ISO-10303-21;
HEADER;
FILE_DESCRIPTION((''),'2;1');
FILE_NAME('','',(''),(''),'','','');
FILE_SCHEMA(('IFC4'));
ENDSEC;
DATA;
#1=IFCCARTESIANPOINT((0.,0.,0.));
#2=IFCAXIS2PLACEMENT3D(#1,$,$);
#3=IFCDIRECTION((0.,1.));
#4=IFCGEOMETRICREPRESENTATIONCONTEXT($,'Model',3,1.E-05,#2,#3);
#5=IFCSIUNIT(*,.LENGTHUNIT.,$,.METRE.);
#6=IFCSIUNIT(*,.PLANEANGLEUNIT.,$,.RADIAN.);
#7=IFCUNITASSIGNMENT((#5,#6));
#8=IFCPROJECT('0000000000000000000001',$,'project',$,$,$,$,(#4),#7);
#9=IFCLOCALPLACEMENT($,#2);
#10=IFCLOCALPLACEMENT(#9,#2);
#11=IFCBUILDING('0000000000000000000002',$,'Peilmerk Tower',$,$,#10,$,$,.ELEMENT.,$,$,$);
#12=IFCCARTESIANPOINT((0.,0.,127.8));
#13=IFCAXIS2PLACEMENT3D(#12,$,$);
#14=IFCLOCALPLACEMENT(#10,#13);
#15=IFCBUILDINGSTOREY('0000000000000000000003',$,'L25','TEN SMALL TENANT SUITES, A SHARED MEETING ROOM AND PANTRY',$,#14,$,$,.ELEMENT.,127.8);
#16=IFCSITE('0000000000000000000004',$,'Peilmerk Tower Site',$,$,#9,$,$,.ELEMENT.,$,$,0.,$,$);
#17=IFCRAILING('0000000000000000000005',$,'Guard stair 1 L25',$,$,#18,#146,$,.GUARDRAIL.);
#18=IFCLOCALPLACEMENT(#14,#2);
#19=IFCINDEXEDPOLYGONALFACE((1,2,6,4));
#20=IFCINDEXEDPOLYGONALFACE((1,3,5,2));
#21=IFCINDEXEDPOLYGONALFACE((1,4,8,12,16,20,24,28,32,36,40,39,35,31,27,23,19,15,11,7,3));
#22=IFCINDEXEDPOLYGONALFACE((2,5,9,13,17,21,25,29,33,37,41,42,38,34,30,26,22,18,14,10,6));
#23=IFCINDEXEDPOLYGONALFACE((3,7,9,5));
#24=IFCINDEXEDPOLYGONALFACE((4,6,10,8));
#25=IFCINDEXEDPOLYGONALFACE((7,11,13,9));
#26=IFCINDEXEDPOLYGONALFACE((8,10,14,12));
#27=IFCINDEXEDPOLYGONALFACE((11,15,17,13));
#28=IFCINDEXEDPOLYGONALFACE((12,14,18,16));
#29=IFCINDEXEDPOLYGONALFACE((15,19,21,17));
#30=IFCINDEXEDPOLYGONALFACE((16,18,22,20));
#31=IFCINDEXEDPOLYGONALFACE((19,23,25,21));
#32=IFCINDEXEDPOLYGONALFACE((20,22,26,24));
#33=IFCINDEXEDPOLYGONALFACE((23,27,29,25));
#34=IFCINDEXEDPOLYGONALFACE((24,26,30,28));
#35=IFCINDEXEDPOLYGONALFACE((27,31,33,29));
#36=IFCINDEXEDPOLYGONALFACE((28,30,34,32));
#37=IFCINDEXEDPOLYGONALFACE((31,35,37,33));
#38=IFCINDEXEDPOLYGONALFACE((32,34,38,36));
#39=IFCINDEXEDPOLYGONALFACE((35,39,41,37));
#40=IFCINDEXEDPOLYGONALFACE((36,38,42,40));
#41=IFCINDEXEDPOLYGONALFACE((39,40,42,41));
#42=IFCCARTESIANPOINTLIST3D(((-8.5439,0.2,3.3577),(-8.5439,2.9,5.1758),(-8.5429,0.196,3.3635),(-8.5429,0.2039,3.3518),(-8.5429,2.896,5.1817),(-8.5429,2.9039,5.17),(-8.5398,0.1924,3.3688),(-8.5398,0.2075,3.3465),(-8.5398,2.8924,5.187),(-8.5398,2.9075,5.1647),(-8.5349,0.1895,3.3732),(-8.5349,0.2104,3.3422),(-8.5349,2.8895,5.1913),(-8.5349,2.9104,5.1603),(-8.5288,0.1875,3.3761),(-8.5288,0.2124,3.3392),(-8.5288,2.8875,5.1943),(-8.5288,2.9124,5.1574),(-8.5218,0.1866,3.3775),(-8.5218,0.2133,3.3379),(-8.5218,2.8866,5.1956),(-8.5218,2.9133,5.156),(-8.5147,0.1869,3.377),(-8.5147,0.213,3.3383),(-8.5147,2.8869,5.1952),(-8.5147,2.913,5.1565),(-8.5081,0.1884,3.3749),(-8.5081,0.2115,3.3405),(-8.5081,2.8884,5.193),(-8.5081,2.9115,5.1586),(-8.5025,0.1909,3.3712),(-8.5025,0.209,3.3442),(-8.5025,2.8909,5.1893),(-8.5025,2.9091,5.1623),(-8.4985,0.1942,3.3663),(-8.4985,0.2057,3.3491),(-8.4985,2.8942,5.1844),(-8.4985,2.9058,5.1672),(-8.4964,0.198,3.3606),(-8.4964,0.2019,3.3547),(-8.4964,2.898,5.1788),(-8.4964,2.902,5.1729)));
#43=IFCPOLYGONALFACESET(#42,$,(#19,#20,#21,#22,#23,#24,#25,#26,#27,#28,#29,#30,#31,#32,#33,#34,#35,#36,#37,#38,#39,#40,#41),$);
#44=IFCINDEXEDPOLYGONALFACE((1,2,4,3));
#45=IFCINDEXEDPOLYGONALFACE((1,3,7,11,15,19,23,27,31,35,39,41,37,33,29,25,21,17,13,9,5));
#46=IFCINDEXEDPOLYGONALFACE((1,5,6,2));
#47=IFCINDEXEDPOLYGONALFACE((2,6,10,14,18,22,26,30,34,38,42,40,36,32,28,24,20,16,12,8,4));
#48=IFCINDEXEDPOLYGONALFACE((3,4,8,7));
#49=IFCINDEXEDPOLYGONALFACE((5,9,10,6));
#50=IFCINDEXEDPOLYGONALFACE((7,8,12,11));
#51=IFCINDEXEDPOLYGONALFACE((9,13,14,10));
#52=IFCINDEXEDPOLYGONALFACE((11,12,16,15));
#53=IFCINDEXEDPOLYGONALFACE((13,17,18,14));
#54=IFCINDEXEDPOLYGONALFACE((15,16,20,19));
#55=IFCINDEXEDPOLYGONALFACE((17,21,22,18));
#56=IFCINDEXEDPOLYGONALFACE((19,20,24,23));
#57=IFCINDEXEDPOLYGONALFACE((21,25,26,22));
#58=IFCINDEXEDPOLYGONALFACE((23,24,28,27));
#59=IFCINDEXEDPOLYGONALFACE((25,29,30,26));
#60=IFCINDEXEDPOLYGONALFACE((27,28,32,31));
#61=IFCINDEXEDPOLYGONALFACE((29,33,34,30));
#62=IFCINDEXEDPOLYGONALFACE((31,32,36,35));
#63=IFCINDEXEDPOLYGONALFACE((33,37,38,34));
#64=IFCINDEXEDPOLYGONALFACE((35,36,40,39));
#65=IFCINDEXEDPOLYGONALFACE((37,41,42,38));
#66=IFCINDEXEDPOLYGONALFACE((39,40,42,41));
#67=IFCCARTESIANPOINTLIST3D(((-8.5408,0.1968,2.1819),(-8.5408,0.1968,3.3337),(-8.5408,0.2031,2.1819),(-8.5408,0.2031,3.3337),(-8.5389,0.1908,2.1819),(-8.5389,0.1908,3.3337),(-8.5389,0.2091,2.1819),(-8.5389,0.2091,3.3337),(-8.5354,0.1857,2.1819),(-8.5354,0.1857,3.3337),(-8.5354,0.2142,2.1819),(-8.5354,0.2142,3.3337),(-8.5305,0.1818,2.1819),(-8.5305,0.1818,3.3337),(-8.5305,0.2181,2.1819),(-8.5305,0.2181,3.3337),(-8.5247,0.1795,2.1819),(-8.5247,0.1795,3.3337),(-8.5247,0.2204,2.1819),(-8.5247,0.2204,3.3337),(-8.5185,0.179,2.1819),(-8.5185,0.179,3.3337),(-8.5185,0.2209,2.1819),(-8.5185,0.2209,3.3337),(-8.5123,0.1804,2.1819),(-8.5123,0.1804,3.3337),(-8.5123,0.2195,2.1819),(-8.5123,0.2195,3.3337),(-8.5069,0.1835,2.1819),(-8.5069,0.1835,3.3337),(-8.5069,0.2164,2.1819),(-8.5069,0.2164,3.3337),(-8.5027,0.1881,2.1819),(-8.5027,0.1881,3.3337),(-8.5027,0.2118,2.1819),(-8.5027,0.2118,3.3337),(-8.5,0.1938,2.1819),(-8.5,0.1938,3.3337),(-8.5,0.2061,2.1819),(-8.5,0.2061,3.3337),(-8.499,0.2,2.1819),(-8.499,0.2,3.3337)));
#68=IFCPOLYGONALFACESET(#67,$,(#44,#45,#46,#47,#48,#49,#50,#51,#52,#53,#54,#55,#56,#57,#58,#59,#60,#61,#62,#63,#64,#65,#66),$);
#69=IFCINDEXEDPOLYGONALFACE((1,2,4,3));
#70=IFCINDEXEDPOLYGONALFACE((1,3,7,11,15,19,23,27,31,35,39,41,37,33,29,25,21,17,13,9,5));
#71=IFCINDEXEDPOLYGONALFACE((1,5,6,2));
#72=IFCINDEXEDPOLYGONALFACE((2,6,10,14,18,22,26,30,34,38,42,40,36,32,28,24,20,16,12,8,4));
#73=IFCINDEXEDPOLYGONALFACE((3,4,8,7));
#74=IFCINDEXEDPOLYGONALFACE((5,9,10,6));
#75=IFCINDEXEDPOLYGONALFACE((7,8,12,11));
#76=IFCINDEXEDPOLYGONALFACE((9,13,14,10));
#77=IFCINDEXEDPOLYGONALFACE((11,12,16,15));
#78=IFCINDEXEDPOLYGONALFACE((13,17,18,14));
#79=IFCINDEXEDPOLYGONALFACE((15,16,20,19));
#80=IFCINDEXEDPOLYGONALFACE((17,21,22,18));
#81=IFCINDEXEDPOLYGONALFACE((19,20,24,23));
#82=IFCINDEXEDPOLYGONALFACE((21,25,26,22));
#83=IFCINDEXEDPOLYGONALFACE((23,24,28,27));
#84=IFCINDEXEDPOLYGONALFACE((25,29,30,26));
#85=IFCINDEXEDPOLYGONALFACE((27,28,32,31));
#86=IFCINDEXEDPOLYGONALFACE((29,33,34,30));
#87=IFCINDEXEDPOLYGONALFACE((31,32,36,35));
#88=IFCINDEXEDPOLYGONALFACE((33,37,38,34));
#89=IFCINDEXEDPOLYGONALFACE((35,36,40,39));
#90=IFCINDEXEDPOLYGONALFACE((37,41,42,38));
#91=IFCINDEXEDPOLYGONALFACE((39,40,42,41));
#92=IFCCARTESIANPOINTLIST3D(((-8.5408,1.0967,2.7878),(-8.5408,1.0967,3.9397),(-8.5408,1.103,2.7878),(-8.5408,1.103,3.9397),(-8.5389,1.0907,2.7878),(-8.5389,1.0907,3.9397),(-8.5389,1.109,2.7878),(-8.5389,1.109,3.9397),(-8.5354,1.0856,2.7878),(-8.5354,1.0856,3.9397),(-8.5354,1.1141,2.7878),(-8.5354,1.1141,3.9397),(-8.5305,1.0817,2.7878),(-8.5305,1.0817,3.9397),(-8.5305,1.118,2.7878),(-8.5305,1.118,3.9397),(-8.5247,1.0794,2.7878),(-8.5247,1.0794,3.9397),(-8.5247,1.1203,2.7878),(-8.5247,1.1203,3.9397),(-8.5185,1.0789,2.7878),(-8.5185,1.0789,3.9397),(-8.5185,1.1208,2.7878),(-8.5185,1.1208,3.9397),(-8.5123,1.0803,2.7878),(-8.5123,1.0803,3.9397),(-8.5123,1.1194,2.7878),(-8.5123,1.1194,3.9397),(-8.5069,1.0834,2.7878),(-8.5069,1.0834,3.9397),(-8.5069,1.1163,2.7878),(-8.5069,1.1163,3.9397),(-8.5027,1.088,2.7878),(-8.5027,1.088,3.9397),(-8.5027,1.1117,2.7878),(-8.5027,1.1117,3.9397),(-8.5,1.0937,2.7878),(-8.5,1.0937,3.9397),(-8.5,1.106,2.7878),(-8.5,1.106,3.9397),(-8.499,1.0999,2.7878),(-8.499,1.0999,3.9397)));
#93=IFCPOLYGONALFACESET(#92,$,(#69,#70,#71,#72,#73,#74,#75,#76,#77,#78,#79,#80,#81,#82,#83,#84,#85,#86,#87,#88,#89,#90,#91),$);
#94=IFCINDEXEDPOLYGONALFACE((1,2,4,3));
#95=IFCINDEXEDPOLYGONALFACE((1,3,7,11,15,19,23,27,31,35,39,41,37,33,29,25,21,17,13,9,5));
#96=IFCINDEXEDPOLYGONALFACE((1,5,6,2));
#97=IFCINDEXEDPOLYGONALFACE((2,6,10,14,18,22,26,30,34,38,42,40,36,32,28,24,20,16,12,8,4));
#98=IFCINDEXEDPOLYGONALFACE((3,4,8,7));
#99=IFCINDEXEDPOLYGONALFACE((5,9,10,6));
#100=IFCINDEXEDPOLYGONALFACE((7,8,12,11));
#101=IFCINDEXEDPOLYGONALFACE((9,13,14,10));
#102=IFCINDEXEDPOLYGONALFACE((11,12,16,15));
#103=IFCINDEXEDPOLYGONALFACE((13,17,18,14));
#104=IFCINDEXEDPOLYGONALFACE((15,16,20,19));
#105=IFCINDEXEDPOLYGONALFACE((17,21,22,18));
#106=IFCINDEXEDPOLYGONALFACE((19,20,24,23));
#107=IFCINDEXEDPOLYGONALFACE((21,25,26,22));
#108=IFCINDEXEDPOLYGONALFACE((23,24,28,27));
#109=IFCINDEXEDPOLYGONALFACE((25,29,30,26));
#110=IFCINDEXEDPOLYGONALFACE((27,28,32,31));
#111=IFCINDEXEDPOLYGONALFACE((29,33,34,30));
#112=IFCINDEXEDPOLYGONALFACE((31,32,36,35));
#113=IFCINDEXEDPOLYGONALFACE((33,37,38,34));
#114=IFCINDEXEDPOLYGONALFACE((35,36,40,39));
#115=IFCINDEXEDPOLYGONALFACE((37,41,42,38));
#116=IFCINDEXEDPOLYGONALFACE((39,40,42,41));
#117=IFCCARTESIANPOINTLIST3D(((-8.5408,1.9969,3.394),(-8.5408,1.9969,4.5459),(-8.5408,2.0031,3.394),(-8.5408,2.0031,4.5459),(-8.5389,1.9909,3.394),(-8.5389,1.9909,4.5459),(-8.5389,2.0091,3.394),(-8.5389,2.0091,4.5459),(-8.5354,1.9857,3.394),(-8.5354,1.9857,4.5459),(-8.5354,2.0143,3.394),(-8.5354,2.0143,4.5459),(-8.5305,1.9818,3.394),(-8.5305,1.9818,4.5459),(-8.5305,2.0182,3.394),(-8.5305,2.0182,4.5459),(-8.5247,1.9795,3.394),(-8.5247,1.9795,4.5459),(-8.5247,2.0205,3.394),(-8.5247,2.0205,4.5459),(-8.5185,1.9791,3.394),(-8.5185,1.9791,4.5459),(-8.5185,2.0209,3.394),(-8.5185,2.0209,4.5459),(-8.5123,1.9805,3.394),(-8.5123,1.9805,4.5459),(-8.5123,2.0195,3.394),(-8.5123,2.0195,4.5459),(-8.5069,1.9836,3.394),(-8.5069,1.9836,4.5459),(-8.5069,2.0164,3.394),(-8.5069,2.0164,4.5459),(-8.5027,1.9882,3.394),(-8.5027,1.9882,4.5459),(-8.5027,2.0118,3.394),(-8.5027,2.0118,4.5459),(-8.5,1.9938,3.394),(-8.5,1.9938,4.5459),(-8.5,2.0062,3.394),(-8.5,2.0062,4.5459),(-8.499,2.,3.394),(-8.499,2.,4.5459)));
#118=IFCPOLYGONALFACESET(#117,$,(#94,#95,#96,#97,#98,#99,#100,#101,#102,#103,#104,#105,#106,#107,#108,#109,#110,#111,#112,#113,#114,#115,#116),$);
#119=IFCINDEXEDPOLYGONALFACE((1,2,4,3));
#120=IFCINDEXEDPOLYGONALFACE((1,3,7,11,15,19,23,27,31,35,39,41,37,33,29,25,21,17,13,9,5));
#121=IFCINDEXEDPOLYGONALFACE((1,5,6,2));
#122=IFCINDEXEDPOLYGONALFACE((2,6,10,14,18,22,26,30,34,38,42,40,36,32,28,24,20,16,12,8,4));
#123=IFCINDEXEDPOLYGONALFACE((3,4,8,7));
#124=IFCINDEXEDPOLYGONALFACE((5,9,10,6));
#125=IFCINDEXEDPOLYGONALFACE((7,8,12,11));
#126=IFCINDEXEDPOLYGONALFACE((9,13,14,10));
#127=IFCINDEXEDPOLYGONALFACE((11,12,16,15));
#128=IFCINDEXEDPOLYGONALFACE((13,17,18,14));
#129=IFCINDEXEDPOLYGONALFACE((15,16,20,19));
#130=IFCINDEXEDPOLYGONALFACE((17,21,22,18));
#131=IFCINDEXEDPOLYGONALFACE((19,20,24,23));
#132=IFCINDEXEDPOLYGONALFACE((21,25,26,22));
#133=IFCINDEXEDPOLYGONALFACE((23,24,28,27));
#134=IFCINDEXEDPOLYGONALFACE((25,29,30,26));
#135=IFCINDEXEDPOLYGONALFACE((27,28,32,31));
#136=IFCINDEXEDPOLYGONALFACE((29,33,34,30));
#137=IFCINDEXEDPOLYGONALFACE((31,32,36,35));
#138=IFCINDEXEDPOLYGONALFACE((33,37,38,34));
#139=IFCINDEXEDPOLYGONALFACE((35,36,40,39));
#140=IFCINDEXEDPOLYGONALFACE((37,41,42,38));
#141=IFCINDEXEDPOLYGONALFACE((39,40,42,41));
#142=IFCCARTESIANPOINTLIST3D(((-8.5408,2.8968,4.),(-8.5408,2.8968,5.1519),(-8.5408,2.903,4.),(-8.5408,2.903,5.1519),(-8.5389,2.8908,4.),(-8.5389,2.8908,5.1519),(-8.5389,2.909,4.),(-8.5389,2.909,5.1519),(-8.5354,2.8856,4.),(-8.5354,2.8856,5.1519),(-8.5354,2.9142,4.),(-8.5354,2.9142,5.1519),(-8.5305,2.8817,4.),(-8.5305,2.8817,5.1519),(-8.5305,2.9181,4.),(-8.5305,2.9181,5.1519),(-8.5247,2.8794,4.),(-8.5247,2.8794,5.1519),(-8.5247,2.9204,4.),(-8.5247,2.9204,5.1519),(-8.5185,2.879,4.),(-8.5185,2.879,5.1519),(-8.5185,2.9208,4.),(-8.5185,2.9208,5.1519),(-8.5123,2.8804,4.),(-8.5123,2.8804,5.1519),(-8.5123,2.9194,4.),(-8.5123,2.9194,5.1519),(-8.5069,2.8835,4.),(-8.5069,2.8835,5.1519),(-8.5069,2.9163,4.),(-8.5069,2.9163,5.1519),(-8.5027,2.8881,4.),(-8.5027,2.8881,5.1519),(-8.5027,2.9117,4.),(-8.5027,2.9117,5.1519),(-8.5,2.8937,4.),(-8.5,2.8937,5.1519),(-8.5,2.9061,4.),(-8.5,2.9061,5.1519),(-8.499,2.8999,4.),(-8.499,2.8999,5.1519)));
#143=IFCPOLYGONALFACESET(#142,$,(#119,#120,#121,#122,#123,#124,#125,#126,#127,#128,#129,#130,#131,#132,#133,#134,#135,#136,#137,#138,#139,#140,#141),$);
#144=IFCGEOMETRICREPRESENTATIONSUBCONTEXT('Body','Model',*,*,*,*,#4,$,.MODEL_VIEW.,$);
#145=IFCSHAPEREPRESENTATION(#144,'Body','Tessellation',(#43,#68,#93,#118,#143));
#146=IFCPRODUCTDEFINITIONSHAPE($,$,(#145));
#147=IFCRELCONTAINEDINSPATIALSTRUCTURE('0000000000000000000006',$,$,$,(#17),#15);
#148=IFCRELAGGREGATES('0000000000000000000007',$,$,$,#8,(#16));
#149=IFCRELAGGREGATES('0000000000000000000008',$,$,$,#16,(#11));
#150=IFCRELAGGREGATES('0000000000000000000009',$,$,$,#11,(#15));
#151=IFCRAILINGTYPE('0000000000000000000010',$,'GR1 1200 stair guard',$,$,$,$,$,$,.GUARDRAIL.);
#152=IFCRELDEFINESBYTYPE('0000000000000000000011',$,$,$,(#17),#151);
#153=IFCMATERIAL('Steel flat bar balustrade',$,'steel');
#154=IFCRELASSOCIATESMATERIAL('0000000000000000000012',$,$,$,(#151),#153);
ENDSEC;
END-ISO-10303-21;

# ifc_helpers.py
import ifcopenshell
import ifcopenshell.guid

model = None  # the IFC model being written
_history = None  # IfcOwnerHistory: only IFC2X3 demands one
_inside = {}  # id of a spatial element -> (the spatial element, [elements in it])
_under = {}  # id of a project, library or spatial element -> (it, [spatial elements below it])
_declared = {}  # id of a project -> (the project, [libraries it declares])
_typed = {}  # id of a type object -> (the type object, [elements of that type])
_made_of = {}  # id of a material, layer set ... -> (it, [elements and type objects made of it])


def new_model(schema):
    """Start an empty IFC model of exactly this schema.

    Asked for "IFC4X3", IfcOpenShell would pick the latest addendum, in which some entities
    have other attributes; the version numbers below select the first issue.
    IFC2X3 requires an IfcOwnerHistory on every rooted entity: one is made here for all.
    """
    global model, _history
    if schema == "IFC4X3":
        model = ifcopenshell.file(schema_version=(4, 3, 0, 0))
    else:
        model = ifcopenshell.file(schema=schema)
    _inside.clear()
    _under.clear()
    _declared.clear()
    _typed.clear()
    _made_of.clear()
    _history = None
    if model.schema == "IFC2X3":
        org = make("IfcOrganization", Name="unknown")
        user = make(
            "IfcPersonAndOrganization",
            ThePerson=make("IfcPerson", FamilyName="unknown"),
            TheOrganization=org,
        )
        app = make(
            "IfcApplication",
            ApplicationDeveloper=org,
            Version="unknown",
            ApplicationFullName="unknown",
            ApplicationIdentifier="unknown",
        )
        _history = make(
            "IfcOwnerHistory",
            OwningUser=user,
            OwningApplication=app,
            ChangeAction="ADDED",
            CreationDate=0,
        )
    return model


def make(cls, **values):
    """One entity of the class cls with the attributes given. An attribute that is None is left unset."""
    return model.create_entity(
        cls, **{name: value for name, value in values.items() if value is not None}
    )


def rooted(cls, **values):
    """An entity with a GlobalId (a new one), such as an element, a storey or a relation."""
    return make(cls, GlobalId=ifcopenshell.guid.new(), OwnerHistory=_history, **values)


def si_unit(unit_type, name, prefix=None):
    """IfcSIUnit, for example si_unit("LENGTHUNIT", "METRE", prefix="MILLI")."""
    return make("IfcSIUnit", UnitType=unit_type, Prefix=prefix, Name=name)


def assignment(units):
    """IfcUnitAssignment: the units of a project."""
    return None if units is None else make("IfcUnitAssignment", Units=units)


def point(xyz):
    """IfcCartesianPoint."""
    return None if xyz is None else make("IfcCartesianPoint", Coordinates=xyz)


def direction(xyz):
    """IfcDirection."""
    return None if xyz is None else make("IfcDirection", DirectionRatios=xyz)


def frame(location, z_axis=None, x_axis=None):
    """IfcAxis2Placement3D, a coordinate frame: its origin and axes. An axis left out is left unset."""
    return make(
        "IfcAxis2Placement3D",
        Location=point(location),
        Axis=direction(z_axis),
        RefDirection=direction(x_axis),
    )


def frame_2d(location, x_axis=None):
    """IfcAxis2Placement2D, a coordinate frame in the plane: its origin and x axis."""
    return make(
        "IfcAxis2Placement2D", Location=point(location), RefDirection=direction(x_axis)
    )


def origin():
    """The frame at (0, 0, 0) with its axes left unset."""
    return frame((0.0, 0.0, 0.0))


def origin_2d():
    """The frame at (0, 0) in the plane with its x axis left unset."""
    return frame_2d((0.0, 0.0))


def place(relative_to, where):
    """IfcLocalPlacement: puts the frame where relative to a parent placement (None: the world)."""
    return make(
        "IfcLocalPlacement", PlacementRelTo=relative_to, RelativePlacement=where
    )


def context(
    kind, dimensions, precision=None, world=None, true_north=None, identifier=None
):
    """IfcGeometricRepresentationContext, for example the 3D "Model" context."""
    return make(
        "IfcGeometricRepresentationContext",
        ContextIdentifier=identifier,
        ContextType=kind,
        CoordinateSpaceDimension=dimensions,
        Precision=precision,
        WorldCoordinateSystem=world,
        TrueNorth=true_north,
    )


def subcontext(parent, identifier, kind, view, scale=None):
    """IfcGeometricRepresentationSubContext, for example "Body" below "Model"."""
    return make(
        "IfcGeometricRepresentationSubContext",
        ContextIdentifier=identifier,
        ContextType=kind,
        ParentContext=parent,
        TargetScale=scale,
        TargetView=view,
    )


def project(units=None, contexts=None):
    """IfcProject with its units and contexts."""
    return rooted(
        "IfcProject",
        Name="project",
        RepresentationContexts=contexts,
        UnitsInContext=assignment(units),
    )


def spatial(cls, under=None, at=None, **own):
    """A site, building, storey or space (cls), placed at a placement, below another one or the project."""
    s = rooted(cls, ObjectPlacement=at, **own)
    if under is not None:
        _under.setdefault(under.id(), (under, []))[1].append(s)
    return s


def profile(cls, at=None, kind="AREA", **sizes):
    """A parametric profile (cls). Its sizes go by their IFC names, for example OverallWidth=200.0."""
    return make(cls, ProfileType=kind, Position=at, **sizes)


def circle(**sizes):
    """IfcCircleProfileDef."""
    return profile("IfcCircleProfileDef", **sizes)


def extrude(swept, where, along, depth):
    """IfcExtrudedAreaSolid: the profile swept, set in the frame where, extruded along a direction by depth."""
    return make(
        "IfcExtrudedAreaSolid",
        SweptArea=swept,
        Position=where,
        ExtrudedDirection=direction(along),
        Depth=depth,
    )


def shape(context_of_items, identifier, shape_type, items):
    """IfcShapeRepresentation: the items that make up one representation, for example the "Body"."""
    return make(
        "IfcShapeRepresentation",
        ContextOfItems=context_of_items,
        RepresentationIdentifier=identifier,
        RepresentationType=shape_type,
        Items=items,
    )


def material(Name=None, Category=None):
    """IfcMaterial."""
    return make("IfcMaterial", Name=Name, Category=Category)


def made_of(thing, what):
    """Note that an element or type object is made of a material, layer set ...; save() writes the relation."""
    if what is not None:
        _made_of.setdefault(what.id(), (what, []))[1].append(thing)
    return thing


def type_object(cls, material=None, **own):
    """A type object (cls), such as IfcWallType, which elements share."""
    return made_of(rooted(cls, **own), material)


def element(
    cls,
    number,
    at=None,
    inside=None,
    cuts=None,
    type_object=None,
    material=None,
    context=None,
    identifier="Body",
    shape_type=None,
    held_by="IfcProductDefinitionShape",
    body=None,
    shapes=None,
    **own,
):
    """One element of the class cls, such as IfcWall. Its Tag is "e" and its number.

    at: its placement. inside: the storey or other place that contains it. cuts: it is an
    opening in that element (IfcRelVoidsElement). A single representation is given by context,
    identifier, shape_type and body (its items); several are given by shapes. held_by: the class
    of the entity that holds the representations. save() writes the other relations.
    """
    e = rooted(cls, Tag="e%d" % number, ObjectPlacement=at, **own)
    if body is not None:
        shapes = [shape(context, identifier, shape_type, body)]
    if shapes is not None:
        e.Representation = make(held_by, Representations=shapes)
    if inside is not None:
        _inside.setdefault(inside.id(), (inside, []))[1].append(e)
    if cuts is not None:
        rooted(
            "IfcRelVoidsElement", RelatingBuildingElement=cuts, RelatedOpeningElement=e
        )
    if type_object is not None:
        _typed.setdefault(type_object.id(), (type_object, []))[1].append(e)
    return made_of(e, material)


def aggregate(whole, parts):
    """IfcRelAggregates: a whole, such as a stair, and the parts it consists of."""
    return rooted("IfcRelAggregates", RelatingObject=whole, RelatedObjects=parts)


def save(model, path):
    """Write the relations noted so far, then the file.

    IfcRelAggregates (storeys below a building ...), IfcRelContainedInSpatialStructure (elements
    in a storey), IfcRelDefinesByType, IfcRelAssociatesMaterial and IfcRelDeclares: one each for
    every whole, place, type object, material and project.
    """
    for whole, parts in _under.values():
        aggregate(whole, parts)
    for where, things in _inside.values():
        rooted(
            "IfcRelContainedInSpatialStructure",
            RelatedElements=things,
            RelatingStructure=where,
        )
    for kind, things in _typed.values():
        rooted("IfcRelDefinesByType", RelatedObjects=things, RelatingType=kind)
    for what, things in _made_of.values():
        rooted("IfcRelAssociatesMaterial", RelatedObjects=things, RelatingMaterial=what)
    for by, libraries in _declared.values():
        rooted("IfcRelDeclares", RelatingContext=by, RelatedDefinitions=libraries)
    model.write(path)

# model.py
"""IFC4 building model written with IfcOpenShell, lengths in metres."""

from ifc_helpers import new_model, si_unit, direction, frame, origin, origin_2d, place, context, subcontext, project, spatial, circle, extrude, material, type_object, element, save


model = new_model("IFC4")

# Units and contexts
model_context = context("Model", 3, precision=1e-05, world=origin(), true_north=direction((0.0, 1.0)))
body_context = subcontext(model_context, "Body", "Model", "MODEL_VIEW")
ifc_project = project(units=[si_unit("LENGTHUNIT", "METRE"), si_unit("PLANEANGLEUNIT", "RADIAN")], contexts=[model_context])

# Site, building, storey
site_placement = place(None, origin())
site = spatial("IfcSite", under=ifc_project, at=site_placement, Name="Peilmerk Tower Site", CompositionType="ELEMENT", RefElevation=0.0)
building_placement = place(site_placement, origin())
building = spatial("IfcBuilding", under=site, at=building_placement, Name="Peilmerk Tower", CompositionType="ELEMENT")
storey_placement = place(building_placement, frame((0.0, 0.0, 127.8)))
storey = spatial("IfcBuildingStorey", under=building, at=storey_placement, Name="L25", Description="TEN SMALL TENANT SUITES, A SHARED MEETING ROOM AND PANTRY", CompositionType="ELEMENT", Elevation=127.8)

# Railing
ifc_material_1 = material(Name="Steel flat bar balustrade", Category="steel")
railing_type_1 = type_object("IfcRailingType", Name="GR1 1200 stair guard", PredefinedType="GUARDRAIL", material=ifc_material_1)
railing_1_placement = place(storey_placement, frame((-8.52, 0.2, 2.1819)))
element("IfcRailing", 1, at=railing_1_placement, inside=storey, type_object=railing_type_1, Name="Guard stair 1 L25", PredefinedType="GUARDRAIL", context=body_context, shape_type="SweptSolid", body=[
    extrude(circle(Radius=0.0239, at=origin_2d()), frame((0.0, 0.0, 1.1758), z_axis=(0.0, 0.829468, 0.558554), x_axis=(-1.0, 0.0, 0.0)), (0.0, 0.0, 1.0), 3.2551),
    extrude(circle(Radius=0.021, at=origin_2d()), origin(), (0.0, 0.0, 1.0), 1.1519),
    extrude(circle(Radius=0.021, at=origin_2d()), frame((0.0, 0.8999, 0.606)), (0.0, 0.0, 1.0), 1.1519),
    extrude(circle(Radius=0.021, at=origin_2d()), frame((0.0, 1.8, 1.2122)), (0.0, 0.0, 1.0), 1.1519),
    extrude(circle(Radius=0.021, at=origin_2d()), frame((0.0, 2.7, 1.8181)), (0.0, 0.0, 1.0), 1.1519),
])

save(model, "model.ifc")
